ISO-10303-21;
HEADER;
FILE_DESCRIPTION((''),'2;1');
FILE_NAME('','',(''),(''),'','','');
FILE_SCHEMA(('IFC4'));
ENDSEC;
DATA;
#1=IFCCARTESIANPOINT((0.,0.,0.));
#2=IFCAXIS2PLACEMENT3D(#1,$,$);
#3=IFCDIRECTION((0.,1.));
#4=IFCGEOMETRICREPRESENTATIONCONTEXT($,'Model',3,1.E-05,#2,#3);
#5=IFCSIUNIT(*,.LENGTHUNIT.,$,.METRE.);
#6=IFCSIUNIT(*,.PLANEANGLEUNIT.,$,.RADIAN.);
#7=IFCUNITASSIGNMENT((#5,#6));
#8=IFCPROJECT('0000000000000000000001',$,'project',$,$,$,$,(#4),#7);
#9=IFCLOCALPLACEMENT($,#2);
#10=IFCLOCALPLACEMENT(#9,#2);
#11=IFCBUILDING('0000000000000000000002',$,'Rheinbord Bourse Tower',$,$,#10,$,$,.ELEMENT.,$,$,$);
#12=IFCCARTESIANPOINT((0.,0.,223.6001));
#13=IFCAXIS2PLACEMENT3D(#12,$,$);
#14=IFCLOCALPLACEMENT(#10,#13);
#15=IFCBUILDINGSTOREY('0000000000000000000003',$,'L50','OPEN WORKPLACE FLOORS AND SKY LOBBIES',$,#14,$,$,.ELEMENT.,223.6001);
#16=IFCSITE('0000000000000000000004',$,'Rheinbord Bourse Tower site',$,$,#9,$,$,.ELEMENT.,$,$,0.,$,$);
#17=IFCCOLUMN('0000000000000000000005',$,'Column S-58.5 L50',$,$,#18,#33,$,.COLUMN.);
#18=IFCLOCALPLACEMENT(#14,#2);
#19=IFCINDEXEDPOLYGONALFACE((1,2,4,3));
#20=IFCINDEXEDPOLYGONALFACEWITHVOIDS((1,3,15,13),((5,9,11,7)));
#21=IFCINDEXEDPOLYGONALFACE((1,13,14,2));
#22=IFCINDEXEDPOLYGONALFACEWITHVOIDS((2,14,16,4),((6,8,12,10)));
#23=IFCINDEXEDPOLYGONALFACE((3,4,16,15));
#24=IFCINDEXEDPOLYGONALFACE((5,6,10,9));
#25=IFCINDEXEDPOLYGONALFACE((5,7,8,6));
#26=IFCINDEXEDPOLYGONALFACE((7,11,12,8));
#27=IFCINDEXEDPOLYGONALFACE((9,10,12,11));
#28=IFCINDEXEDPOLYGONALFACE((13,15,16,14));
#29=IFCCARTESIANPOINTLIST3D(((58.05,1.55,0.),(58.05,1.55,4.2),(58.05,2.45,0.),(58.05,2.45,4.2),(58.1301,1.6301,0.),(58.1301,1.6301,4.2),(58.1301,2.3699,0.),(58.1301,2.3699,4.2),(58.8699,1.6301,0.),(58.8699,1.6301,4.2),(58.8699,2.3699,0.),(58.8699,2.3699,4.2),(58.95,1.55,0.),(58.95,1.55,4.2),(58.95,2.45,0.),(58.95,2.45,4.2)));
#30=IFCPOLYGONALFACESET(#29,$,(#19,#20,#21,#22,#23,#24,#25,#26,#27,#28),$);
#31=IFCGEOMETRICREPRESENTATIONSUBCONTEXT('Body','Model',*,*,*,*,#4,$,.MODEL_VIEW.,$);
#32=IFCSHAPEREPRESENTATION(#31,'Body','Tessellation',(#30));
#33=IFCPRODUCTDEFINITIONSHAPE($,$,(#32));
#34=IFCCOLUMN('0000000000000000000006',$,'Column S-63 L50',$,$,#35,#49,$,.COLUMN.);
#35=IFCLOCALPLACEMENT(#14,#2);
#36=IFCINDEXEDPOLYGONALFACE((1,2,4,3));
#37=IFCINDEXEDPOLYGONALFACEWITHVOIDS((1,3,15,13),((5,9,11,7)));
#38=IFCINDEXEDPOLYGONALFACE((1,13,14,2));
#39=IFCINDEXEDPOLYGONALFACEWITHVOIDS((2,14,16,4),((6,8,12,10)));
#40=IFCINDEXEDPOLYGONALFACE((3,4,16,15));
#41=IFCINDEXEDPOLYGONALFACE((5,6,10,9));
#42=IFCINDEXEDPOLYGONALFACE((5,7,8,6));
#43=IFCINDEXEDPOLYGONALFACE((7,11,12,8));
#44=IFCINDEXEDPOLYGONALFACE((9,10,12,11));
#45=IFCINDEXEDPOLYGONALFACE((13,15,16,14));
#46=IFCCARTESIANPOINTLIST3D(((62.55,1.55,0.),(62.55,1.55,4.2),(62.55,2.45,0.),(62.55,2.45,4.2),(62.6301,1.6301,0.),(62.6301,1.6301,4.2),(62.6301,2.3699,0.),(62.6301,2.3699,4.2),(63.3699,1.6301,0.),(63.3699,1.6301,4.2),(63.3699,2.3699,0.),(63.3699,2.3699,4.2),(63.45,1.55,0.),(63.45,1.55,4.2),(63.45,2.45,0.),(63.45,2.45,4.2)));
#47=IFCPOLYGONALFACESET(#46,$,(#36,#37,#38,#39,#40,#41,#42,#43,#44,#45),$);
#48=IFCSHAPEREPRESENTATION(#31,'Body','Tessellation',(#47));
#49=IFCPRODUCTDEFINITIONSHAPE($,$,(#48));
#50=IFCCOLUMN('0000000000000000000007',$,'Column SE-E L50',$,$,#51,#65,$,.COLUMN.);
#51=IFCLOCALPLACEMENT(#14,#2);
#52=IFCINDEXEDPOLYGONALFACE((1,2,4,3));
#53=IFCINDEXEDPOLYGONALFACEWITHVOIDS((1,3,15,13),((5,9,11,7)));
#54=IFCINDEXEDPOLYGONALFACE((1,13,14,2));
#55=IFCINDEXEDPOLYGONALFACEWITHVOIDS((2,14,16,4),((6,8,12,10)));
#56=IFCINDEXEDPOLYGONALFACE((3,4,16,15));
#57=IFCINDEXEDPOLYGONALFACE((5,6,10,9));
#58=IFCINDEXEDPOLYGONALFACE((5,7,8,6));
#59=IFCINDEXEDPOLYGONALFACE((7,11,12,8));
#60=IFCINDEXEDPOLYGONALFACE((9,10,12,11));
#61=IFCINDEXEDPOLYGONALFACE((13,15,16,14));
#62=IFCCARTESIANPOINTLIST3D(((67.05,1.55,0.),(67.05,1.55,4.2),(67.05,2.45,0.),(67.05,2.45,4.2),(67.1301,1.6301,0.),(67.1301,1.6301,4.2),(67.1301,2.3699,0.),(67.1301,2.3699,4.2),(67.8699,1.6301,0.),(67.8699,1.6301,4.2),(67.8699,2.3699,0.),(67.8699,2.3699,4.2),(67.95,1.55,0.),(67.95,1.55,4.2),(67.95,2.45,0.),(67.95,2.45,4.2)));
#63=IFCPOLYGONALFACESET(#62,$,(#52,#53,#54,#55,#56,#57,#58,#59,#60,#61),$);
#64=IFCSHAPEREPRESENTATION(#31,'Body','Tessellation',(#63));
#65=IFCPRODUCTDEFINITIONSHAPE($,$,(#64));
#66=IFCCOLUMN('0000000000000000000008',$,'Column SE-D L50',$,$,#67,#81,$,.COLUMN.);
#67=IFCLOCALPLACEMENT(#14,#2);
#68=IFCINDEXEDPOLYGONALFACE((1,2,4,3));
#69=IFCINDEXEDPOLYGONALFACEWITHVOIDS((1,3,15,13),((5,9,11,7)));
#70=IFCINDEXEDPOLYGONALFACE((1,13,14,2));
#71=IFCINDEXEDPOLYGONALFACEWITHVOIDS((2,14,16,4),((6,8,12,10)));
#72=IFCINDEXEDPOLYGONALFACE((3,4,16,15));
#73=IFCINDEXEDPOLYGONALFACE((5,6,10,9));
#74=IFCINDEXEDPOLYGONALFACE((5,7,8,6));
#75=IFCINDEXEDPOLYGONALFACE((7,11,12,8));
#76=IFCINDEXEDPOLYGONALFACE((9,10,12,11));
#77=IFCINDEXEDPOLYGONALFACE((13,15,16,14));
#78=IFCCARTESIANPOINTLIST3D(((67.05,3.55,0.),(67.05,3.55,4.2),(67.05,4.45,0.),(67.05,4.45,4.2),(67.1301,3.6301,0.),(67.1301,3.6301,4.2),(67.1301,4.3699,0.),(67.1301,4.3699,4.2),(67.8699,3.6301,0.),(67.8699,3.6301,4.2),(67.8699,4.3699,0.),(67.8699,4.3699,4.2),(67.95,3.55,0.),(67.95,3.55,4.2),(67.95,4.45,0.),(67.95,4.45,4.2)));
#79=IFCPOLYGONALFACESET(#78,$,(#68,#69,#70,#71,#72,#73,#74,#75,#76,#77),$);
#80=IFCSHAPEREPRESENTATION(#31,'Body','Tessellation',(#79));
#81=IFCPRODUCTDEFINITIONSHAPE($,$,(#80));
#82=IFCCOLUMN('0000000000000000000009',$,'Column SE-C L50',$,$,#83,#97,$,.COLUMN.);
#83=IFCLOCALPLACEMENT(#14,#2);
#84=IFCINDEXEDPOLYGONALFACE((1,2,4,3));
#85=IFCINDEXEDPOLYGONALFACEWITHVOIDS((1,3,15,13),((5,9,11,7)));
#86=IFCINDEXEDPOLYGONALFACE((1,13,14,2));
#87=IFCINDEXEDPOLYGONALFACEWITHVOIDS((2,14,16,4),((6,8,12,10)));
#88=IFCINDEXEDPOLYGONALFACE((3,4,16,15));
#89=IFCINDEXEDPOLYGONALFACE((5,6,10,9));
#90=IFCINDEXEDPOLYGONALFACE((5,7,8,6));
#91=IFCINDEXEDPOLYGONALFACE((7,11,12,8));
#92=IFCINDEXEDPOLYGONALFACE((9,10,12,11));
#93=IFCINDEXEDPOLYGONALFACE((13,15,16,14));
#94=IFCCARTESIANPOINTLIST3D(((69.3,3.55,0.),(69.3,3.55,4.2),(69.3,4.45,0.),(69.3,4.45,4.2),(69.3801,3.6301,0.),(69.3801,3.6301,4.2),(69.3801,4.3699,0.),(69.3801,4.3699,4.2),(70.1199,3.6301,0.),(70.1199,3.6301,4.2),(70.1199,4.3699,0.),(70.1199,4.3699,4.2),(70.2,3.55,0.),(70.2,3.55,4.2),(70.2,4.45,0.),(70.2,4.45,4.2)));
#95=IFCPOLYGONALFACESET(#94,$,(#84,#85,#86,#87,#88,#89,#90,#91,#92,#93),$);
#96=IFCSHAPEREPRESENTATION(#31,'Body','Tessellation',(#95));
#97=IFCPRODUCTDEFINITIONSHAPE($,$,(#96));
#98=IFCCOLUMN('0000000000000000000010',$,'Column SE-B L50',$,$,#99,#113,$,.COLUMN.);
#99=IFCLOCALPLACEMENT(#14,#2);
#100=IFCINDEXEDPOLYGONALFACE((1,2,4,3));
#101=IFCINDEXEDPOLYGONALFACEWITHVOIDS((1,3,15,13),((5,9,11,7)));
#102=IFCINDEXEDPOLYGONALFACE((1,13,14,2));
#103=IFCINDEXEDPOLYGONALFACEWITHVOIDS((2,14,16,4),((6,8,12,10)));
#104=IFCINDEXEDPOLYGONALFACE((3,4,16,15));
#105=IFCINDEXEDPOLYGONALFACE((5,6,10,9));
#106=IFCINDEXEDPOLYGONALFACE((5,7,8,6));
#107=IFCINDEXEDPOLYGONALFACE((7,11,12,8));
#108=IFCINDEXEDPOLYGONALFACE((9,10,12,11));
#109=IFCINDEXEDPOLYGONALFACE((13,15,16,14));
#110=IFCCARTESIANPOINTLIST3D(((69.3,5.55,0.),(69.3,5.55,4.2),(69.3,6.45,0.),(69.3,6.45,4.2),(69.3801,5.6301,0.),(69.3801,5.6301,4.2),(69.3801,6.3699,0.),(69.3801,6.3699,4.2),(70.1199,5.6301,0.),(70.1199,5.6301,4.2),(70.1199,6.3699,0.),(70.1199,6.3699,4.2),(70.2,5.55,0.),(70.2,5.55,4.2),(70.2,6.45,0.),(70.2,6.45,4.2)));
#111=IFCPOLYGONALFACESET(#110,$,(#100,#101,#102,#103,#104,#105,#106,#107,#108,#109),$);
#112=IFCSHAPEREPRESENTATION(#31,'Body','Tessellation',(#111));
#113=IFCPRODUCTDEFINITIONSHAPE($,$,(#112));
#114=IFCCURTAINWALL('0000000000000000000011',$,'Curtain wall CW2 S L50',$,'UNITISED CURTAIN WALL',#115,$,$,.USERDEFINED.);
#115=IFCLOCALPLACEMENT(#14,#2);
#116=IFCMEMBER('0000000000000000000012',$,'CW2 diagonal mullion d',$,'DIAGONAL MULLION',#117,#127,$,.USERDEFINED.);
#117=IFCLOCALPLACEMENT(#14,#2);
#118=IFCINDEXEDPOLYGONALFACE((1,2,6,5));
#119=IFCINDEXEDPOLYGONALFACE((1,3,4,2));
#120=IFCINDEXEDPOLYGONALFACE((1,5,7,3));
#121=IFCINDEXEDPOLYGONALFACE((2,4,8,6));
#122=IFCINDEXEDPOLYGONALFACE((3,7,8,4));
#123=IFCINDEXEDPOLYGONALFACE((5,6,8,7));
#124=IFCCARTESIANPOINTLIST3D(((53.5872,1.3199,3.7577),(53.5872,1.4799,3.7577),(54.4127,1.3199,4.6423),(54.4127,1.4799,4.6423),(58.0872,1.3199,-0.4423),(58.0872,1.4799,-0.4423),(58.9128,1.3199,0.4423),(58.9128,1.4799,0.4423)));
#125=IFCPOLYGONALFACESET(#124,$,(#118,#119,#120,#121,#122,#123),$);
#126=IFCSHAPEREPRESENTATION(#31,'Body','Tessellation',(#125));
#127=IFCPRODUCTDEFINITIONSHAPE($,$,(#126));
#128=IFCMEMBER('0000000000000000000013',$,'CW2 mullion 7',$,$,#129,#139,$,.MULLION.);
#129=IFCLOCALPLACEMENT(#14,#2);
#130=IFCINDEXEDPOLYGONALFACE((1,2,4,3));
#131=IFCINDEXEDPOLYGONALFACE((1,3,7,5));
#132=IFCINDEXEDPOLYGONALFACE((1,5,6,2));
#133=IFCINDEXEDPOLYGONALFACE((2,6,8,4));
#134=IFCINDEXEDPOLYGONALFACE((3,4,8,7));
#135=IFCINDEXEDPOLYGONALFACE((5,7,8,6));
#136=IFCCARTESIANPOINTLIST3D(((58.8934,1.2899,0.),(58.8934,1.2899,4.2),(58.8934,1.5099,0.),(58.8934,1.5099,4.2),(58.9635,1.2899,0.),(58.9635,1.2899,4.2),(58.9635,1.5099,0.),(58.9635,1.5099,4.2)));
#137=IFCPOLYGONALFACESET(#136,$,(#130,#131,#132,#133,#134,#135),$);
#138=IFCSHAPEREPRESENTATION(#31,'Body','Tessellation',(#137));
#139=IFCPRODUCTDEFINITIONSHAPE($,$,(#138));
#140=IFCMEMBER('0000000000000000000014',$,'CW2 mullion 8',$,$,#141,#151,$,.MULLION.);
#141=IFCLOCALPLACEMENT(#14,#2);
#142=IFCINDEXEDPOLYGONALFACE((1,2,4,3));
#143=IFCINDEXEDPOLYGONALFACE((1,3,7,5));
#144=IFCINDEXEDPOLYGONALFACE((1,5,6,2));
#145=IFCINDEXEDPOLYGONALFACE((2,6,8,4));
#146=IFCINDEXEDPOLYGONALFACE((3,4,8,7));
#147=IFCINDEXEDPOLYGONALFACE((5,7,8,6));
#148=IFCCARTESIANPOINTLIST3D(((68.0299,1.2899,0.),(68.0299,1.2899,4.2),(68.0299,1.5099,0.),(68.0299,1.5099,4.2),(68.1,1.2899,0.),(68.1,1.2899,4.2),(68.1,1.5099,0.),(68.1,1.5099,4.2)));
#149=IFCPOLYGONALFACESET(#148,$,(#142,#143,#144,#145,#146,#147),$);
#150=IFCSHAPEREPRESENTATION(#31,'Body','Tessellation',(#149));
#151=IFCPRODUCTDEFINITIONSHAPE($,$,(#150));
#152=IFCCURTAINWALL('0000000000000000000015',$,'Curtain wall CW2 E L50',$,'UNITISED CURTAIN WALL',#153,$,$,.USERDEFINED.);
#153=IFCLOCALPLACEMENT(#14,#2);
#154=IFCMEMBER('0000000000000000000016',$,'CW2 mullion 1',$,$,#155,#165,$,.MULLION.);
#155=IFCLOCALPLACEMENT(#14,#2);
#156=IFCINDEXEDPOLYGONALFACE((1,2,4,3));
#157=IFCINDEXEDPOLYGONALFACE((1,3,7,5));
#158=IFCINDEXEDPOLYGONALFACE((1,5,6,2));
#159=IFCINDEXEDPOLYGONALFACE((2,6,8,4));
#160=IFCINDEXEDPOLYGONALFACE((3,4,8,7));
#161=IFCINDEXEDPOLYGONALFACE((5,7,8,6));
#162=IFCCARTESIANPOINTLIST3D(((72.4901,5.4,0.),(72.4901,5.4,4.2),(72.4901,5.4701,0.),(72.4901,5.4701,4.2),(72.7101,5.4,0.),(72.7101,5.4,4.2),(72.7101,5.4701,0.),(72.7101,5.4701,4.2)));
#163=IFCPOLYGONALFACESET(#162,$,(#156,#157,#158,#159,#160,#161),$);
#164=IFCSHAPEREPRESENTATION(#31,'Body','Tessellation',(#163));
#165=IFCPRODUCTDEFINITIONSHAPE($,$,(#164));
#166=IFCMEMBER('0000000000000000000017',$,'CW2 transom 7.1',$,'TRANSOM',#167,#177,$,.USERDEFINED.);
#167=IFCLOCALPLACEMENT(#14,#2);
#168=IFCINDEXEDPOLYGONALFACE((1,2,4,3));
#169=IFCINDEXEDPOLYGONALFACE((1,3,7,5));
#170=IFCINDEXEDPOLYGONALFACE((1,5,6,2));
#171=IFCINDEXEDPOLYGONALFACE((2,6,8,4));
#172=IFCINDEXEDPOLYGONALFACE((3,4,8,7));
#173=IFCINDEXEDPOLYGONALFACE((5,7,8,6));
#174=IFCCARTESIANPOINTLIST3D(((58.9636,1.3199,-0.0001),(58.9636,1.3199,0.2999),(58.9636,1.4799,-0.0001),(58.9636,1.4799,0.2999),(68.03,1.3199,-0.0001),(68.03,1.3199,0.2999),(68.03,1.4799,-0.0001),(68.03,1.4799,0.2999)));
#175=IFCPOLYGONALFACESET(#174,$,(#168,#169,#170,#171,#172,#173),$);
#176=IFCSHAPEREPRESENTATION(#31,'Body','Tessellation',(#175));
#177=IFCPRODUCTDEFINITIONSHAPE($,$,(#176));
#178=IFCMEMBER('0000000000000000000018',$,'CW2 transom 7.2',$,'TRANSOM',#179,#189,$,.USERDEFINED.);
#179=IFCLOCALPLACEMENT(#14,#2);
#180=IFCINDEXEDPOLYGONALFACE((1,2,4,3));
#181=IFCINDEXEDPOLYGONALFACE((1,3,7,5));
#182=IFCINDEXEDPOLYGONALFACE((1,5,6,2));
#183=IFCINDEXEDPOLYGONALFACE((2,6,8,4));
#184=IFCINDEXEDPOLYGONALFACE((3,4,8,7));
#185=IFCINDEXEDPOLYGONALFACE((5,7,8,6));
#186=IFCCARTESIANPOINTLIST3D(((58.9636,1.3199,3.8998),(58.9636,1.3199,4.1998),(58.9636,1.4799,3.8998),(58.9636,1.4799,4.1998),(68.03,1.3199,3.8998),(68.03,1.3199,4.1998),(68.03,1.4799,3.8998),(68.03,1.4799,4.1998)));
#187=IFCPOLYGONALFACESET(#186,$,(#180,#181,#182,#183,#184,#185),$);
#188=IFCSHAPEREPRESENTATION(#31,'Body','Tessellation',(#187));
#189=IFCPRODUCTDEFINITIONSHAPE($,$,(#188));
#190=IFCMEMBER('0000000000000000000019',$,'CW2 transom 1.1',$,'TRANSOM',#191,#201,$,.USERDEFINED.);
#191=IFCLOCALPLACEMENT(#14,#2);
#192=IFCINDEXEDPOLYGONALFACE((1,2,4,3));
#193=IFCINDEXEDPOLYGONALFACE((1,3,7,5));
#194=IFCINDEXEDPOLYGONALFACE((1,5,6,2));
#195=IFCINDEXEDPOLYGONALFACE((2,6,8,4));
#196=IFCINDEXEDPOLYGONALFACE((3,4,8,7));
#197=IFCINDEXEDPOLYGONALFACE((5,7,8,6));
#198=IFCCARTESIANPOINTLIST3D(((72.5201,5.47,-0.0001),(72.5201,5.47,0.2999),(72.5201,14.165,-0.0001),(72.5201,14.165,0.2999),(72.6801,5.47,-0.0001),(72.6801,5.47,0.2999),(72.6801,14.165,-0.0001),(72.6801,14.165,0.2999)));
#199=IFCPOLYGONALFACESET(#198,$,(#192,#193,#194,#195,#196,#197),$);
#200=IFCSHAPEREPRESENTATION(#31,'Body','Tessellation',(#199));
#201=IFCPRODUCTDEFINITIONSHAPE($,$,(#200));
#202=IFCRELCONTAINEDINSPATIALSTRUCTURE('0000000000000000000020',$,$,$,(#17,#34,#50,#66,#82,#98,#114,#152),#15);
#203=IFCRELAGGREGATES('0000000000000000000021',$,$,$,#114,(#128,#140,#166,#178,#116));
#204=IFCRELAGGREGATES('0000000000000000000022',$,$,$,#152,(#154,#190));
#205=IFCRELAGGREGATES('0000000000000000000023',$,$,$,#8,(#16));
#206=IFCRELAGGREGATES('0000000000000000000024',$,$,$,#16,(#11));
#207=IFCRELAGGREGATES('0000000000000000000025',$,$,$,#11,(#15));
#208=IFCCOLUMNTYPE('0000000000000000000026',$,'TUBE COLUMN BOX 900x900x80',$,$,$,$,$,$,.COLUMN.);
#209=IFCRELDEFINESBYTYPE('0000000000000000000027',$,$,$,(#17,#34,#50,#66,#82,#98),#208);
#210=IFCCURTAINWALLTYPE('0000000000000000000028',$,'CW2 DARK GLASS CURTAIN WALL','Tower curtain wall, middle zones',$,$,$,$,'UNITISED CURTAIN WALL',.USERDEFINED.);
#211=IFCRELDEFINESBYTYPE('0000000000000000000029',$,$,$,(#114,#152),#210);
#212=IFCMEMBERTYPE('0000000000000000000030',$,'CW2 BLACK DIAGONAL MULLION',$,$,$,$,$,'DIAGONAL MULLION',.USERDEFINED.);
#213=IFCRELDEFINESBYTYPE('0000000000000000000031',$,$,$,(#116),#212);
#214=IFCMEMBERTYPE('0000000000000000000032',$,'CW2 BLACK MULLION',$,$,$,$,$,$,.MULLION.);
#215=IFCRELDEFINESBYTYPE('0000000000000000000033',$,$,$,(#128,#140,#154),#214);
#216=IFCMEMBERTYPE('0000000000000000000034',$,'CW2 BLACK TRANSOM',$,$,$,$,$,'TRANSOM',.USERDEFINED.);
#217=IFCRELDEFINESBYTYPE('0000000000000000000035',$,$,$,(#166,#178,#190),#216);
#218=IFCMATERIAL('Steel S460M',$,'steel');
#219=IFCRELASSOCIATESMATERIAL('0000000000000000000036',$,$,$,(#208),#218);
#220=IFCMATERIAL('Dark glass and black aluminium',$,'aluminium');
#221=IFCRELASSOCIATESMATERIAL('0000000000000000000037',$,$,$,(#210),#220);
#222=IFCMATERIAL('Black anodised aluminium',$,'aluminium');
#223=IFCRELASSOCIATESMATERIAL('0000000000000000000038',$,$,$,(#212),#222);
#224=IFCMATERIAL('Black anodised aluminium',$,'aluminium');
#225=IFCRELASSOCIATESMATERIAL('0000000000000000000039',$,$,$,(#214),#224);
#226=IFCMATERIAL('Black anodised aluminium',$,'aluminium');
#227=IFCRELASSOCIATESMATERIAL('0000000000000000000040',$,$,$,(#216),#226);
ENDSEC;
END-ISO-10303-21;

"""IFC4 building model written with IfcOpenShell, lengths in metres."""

from ifc_helpers import new_model, si_unit, direction, frame, origin, origin_2d, place, context, subcontext, project, spatial, rectangle, hollow_rectangle, extrude, material, material_profile, profile_set, type_object, element, aggregate, save


model = new_model("IFC4")

# Units and contexts
model_context = context("Model", 3, precision=1e-05, world=origin(), true_north=direction((0.0, 1.0)))
body_context = subcontext(model_context, "Body", "Model", "MODEL_VIEW")
ifc_project = project(units=[si_unit("LENGTHUNIT", "METRE"), si_unit("PLANEANGLEUNIT", "RADIAN")], contexts=[model_context])

# Site, building, storey
site_placement = place(None, origin())
site = spatial("IfcSite", under=ifc_project, at=site_placement, Name="Rheinbord Bourse Tower site", CompositionType="ELEMENT", RefElevation=0.0)
building_placement = place(site_placement, origin())
building = spatial("IfcBuilding", under=site, at=building_placement, Name="Rheinbord Bourse Tower", CompositionType="ELEMENT")
storey_placement = place(building_placement, frame((0.0, 0.0, 223.6001)))
storey = spatial("IfcBuildingStorey", under=building, at=storey_placement, Name="L50", Description="OPEN WORKPLACE FLOORS AND SKY LOBBIES", CompositionType="ELEMENT", Elevation=223.6001)

# Columns
ifc_material_1 = material(Name="Steel S460M", Category="steel")
ifc_material_profile_1 = material_profile(ifc_material_1, hollow_rectangle(XDim=0.8999, YDim=0.8999, WallThickness=0.0801, at=origin_2d()), Name="BOX 900x900x80")
ifc_profile_set_1 = profile_set([ifc_material_profile_1], Name="Steel S460M")
column_type = type_object("IfcColumnType", Name="TUBE COLUMN BOX 900x900x80", PredefinedType="COLUMN", material=ifc_profile_set_1)
for number, where, z_axis, x_axis, name in (
    (1, (58.5, 2.0, 0.0), (0.0, 0.0, 1.0), (0.0, 1.0, 0.0), "Column S-58.5 L50"),
    (2, (63.0, 2.0, 0.0), (0.0, 0.0, 1.0), (0.0, 1.0, 0.0), "Column S-63 L50"),
    (3, (67.5, 2.0, 0.0), (0.0, 0.0, 1.0), (0.0, 1.0, 0.0), "Column SE-E L50"),
    (4, (67.5, 4.0, 0.0), (0.0, 0.0, 1.0), (0.0, 1.0, 0.0), "Column SE-D L50"),
    (5, (69.75, 4.0, 0.0), (0.0, 0.0, 1.0), (1.0, 0.0, 0.0), "Column SE-C L50"),
    (6, (69.75, 6.0, 0.0), (0.0, 0.0, 1.0), (1.0, 0.0, 0.0), "Column SE-B L50"),
):
    element("IfcColumn", number, at=place(storey_placement, frame(where, z_axis=z_axis, x_axis=x_axis)), inside=storey, type_object=column_type, Name=name, PredefinedType="COLUMN", context=body_context, shape_type="SweptSolid", body=[
        extrude(hollow_rectangle(XDim=0.8999, YDim=0.8999, WallThickness=0.0801, at=origin_2d()), origin(), (0.0, 0.0, 1.0), 4.2),
    ])

# Curtain wall, members
ifc_material_2 = material(Name="Dark glass and black aluminium", Category="aluminium")
curtain_wall_type = type_object("IfcCurtainWallType", Name="CW2 DARK GLASS CURTAIN WALL", Description="Tower curtain wall, middle zones", ElementType="UNITISED CURTAIN WALL", PredefinedType="USERDEFINED", material=ifc_material_2)
curtain_wall_1_placement = place(storey_placement, origin())
curtain_wall_1 = element("IfcCurtainWall", 7, at=curtain_wall_1_placement, inside=storey, type_object=curtain_wall_type, Name="Curtain wall CW2 S L50", ObjectType="UNITISED CURTAIN WALL", PredefinedType="USERDEFINED")
ifc_material_3 = material(Name="Black anodised aluminium", Category="aluminium")
ifc_material_profile_2 = material_profile(ifc_material_3, rectangle(XDim=0.1599, YDim=1.21, at=origin_2d()), Name="CW2 DIAGONAL MULLION 1210x160")
ifc_profile_set_2 = profile_set([ifc_material_profile_2], Name="Black anodised aluminium")
member_type_1 = type_object("IfcMemberType", Name="CW2 BLACK DIAGONAL MULLION", ElementType="DIAGONAL MULLION", PredefinedType="USERDEFINED", material=ifc_profile_set_2)
member_1_placement = place(storey_placement, frame((58.5, 1.3999, 0.0), z_axis=(-0.731059, 0.0, 0.682314), x_axis=(0.0, -1.0, 0.0)))
member_1 = element("IfcMember", 8, at=member_1_placement, type_object=member_type_1, Name="CW2 diagonal mullion d", ObjectType="DIAGONAL MULLION", PredefinedType="USERDEFINED", context=body_context, shape_type="SweptSolid", body=[
    extrude(rectangle(XDim=0.1599, YDim=1.21, at=origin_2d()), origin(), (0.0, 0.0, 1.0), 6.1555),
])
ifc_material_4 = material(Name="Black anodised aluminium", Category="aluminium")
ifc_material_profile_3 = material_profile(ifc_material_4, rectangle(XDim=0.22, YDim=0.0701, at=origin_2d()), Name="CW2 MULLION 70x220")
ifc_profile_set_3 = profile_set([ifc_material_profile_3], Name="Black anodised aluminium")
member_type_2 = type_object("IfcMemberType", Name="CW2 BLACK MULLION", PredefinedType="MULLION", material=ifc_profile_set_3)
member_2_placement = place(storey_placement, frame((58.9285, 1.3999, 0.0), z_axis=(0.0, 0.0, 1.0), x_axis=(0.0, 1.0, 0.0)))
member_2 = element("IfcMember", 9, at=member_2_placement, type_object=member_type_2, Name="CW2 mullion 7", PredefinedType="MULLION", context=body_context, shape_type="SweptSolid", body=[
    extrude(rectangle(XDim=0.22, YDim=0.0701, at=origin_2d()), origin(), (0.0, 0.0, 1.0), 4.2),
])
member_3_placement = place(storey_placement, frame((68.0649, 1.3999, 0.0), z_axis=(0.0, 0.0, 1.0), x_axis=(0.0, 1.0, 0.0)))
member_3 = element("IfcMember", 10, at=member_3_placement, type_object=member_type_2, Name="CW2 mullion 8", PredefinedType="MULLION", context=body_context, shape_type="SweptSolid", body=[
    extrude(rectangle(XDim=0.22, YDim=0.0701, at=origin_2d()), origin(), (0.0, 0.0, 1.0), 4.2),
])

# Curtain wall, member
curtain_wall_2_placement = place(storey_placement, origin())
curtain_wall_2 = element("IfcCurtainWall", 11, at=curtain_wall_2_placement, inside=storey, type_object=curtain_wall_type, Name="Curtain wall CW2 E L50", ObjectType="UNITISED CURTAIN WALL", PredefinedType="USERDEFINED")
member_4_placement = place(storey_placement, frame((72.6001, 5.4351, 0.0), z_axis=(0.0, 0.0, 1.0), x_axis=(-1.0, 0.0, 0.0)))
member_4 = element("IfcMember", 12, at=member_4_placement, type_object=member_type_2, Name="CW2 mullion 1", PredefinedType="MULLION", context=body_context, shape_type="SweptSolid", body=[
    extrude(rectangle(XDim=0.22, YDim=0.0701, at=origin_2d()), origin(), (0.0, 0.0, 1.0), 4.2),
])

# Members
ifc_material_5 = material(Name="Black anodised aluminium", Category="aluminium")
ifc_material_profile_4 = material_profile(ifc_material_5, rectangle(XDim=0.1599, YDim=0.3, at=origin_2d()), Name="CW2 TRANSOM 300x160")
ifc_profile_set_4 = profile_set([ifc_material_profile_4], Name="Black anodised aluminium")
member_type_3 = type_object("IfcMemberType", Name="CW2 BLACK TRANSOM", ElementType="TRANSOM", PredefinedType="USERDEFINED", material=ifc_profile_set_4)
member_5_placement = place(storey_placement, frame((58.9636, 1.3999, 0.1499), z_axis=(1.0, 0.0, 0.0), x_axis=(0.0, 1.0, 0.0)))
member_5 = element("IfcMember", 13, at=member_5_placement, type_object=member_type_3, Name="CW2 transom 7.1", ObjectType="TRANSOM", PredefinedType="USERDEFINED", context=body_context, shape_type="SweptSolid", body=[
    extrude(rectangle(XDim=0.1599, YDim=0.3, at=origin_2d()), origin(), (0.0, 0.0, 1.0), 9.0664),
])
member_6_placement = place(storey_placement, frame((58.9636, 1.3999, 4.0498), z_axis=(1.0, 0.0, 0.0), x_axis=(0.0, 1.0, 0.0)))
member_6 = element("IfcMember", 14, at=member_6_placement, type_object=member_type_3, Name="CW2 transom 7.2", ObjectType="TRANSOM", PredefinedType="USERDEFINED", context=body_context, shape_type="SweptSolid", body=[
    extrude(rectangle(XDim=0.1599, YDim=0.3, at=origin_2d()), origin(), (0.0, 0.0, 1.0), 9.0664),
])
member_7_placement = place(storey_placement, frame((72.6001, 5.47, 0.1499), z_axis=(0.0, 1.0, 0.0), x_axis=(-1.0, 0.0, 0.0)))
member_7 = element("IfcMember", 15, at=member_7_placement, type_object=member_type_3, Name="CW2 transom 1.1", ObjectType="TRANSOM", PredefinedType="USERDEFINED", context=body_context, shape_type="SweptSolid", body=[
    extrude(rectangle(XDim=0.1599, YDim=0.3, at=origin_2d()), origin(), (0.0, 0.0, 1.0), 8.6951),
])

aggregate(curtain_wall_1, [member_2, member_3, member_5, member_6, member_1])
aggregate(curtain_wall_2, [member_4, member_7])

save(model, "model.ifc")
